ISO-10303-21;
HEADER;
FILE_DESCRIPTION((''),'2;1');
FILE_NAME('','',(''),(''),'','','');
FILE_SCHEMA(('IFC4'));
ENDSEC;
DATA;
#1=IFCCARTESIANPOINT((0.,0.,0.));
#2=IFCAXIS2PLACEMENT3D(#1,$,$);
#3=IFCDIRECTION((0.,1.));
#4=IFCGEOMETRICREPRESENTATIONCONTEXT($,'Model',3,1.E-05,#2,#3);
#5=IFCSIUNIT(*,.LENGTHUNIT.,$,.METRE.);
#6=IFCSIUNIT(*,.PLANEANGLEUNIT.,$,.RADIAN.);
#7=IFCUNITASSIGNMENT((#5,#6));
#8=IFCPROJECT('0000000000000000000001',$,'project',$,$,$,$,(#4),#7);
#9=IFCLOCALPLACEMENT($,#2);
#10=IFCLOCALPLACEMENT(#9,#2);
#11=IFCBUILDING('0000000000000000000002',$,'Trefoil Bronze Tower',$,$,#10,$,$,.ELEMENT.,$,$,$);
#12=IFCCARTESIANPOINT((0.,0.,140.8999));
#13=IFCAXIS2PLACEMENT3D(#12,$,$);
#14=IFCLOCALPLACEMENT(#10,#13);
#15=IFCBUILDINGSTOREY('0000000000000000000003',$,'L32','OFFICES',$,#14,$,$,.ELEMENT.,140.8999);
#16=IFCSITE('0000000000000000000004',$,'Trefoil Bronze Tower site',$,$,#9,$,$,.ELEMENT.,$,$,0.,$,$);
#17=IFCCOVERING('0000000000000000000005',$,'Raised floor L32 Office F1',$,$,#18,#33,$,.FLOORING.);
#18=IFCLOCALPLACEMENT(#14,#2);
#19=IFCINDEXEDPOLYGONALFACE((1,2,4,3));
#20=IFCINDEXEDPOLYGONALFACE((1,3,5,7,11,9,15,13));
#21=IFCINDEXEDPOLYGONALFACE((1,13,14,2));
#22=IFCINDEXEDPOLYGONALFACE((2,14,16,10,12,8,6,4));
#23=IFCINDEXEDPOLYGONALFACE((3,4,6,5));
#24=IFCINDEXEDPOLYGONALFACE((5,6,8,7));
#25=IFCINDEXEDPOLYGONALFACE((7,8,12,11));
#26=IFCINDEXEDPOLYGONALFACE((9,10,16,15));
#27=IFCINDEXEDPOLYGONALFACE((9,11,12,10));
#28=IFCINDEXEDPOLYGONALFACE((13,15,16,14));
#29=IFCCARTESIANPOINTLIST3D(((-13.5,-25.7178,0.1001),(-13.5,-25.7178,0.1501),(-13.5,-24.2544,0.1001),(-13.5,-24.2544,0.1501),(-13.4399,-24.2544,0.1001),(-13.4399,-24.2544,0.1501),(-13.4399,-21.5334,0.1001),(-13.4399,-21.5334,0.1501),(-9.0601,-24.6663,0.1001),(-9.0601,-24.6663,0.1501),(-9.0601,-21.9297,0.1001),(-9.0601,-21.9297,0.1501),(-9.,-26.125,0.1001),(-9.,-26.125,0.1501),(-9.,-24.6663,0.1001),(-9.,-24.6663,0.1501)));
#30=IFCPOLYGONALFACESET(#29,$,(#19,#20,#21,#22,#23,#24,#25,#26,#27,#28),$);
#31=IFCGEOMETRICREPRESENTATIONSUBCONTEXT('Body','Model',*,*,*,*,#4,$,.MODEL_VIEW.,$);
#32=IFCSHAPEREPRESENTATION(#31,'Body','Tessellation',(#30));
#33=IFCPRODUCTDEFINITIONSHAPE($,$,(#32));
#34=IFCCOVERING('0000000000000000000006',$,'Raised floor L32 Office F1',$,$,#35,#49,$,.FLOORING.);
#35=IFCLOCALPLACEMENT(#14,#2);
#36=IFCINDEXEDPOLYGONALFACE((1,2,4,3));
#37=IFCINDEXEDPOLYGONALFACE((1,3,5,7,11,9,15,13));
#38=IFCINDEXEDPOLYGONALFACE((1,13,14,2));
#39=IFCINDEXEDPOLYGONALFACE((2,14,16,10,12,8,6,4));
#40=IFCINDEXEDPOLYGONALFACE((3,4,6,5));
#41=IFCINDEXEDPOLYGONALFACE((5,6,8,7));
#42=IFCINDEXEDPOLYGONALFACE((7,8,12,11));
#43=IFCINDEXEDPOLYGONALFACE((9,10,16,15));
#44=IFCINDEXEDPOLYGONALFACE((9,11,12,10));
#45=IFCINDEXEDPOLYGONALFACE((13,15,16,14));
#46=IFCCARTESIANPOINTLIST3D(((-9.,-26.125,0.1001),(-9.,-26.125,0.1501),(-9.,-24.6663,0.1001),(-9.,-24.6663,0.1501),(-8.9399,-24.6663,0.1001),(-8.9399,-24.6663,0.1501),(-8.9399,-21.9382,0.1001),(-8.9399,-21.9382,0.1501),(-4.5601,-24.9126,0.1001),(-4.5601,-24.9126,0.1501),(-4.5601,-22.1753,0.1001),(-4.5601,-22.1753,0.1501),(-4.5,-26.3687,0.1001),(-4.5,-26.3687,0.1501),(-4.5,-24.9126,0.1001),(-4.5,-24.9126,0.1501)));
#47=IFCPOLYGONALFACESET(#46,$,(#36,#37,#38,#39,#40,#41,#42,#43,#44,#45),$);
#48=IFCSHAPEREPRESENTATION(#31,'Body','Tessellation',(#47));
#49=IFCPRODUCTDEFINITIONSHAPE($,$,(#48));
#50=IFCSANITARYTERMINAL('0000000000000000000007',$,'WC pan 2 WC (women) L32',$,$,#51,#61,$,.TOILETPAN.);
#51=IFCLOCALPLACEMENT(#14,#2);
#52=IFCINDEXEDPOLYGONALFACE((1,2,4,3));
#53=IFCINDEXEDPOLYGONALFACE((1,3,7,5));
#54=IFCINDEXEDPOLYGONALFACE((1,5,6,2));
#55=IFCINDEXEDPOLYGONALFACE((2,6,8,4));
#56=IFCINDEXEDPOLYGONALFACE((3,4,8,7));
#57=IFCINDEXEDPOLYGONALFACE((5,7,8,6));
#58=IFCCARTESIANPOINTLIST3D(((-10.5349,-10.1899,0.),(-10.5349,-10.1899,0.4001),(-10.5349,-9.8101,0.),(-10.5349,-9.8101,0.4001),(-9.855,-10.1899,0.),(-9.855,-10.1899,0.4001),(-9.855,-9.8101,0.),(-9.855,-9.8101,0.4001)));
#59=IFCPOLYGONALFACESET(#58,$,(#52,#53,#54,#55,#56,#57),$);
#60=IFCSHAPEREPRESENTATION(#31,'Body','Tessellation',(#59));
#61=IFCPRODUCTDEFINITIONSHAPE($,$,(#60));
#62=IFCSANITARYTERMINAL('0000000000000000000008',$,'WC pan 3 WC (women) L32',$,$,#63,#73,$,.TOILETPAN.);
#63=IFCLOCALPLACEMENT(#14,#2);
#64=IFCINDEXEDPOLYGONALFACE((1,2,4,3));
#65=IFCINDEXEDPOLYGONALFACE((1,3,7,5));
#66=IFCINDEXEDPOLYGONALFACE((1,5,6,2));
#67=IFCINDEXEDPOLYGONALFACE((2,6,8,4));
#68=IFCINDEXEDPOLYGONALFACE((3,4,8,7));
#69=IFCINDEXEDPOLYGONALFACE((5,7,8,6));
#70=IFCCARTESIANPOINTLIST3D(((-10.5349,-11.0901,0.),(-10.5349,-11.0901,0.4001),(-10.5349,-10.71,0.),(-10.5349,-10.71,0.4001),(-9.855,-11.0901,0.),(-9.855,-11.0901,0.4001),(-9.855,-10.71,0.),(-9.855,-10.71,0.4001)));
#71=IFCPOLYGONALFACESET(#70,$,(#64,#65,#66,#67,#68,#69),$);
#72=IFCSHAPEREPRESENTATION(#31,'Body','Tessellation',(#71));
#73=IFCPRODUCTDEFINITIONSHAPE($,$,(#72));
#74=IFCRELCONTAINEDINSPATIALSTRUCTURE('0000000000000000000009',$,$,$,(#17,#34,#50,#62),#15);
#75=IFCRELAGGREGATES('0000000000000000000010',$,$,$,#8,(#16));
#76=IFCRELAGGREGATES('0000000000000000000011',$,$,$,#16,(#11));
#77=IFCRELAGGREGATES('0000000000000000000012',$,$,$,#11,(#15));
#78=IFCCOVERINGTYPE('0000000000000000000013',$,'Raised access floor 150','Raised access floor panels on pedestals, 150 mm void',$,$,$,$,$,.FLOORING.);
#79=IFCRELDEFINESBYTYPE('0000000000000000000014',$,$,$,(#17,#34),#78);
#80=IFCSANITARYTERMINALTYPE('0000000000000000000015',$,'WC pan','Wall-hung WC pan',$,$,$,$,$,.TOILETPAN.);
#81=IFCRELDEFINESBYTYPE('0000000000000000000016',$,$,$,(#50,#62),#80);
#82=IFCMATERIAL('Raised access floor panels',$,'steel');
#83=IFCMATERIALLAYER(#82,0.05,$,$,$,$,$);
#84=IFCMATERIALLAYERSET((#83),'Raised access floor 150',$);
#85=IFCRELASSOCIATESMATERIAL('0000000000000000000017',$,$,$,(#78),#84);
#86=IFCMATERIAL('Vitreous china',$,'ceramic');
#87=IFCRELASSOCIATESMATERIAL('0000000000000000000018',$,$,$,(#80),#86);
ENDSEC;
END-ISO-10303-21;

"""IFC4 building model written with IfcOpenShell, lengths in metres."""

from ifc_helpers import new_model, si_unit, direction, frame, origin, place, context, subcontext, project, spatial, polyline, outline, extrude, material, layer, layer_set, type_object, element, save


model = new_model("IFC4")

# Units and contexts
model_context = context("Model", 3, precision=1e-05, world=origin(), true_north=direction((0.0, 1.0)))
body_context = subcontext(model_context, "Body", "Model", "MODEL_VIEW")
ifc_project = project(units=[si_unit("LENGTHUNIT", "METRE"), si_unit("PLANEANGLEUNIT", "RADIAN")], contexts=[model_context])

# Site, building, storey
site_placement = place(None, origin())
site = spatial("IfcSite", under=ifc_project, at=site_placement, Name="Trefoil Bronze Tower site", CompositionType="ELEMENT", RefElevation=0.0)
building_placement = place(site_placement, origin())
building = spatial("IfcBuilding", under=site, at=building_placement, Name="Trefoil Bronze Tower", CompositionType="ELEMENT")
storey_placement = place(building_placement, frame((0.0, 0.0, 140.8999)))
storey = spatial("IfcBuildingStorey", under=building, at=storey_placement, Name="L32", Description="OFFICES", CompositionType="ELEMENT", Elevation=140.8999)

# Coverings
ifc_material_1 = material(Name="Raised access floor panels", Category="steel")
ifc_layer_1 = layer(ifc_material_1, 0.05)
ifc_layer_set_1 = layer_set([ifc_layer_1], Name="Raised access floor 150")
covering_type_1 = type_object("IfcCoveringType", Name="Raised access floor 150", Description="Raised access floor panels on pedestals, 150 mm void", PredefinedType="FLOORING", material=ifc_layer_set_1)
covering_1_placement = place(storey_placement, frame((0.0, 0.0, 0.1001)))
element("IfcCovering", 1, at=covering_1_placement, inside=storey, type_object=covering_type_1, Name="Raised floor L32 Office F1", PredefinedType="FLOORING", context=body_context, shape_type="SweptSolid", body=[
    extrude(outline(polyline([(-9.0, -26.125), (-13.5, -25.7178), (-13.5, -24.2544), (-13.4399, -24.2544), (-13.4399, -21.5334), (-9.0601, -21.9297), (-9.0601, -24.6663), (-9.0, -24.6663), (-9.0, -26.125)])), origin(), (0.0, 0.0, 1.0), 0.05),
])
covering_2_placement = place(storey_placement, frame((0.0, 0.0, 0.1001)))
element("IfcCovering", 2, at=covering_2_placement, inside=storey, type_object=covering_type_1, Name="Raised floor L32 Office F1", PredefinedType="FLOORING", context=body_context, shape_type="SweptSolid", body=[
    extrude(outline(polyline([(-4.5, -26.3687), (-9.0, -26.125), (-9.0, -24.6663), (-8.9399, -24.6663), (-8.9399, -21.9382), (-4.5601, -22.1753), (-4.5601, -24.9126), (-4.5, -24.9126), (-4.5, -26.3687)])), origin(), (0.0, 0.0, 1.0), 0.05),
])

# Sanitary terminals
ifc_material_2 = material(Name="Vitreous china", Category="ceramic")
sanitary_terminal_type = type_object("IfcSanitaryTerminalType", Name="WC pan", Description="Wall-hung WC pan", PredefinedType="TOILETPAN", material=ifc_material_2)
sanitary_terminal_1_placement = place(storey_placement, origin())
element("IfcSanitaryTerminal", 3, at=sanitary_terminal_1_placement, inside=storey, type_object=sanitary_terminal_type, Name="WC pan 2 WC (women) L32", PredefinedType="TOILETPAN", context=body_context, shape_type="SweptSolid", body=[
    extrude(outline(polyline([(-9.855, -9.8101), (-10.5349, -9.8101), (-10.5349, -10.1899), (-9.855, -10.1899), (-9.855, -9.8101)])), origin(), (0.0, 0.0, 1.0), 0.4001),
])
sanitary_terminal_2_placement = place(storey_placement, origin())
element("IfcSanitaryTerminal", 4, at=sanitary_terminal_2_placement, inside=storey, type_object=sanitary_terminal_type, Name="WC pan 3 WC (women) L32", PredefinedType="TOILETPAN", context=body_context, shape_type="SweptSolid", body=[
    extrude(outline(polyline([(-9.855, -10.71), (-10.5349, -10.71), (-10.5349, -11.0901), (-9.855, -11.0901), (-9.855, -10.71)])), origin(), (0.0, 0.0, 1.0), 0.4001),
])

save(model, "model.ifc")
